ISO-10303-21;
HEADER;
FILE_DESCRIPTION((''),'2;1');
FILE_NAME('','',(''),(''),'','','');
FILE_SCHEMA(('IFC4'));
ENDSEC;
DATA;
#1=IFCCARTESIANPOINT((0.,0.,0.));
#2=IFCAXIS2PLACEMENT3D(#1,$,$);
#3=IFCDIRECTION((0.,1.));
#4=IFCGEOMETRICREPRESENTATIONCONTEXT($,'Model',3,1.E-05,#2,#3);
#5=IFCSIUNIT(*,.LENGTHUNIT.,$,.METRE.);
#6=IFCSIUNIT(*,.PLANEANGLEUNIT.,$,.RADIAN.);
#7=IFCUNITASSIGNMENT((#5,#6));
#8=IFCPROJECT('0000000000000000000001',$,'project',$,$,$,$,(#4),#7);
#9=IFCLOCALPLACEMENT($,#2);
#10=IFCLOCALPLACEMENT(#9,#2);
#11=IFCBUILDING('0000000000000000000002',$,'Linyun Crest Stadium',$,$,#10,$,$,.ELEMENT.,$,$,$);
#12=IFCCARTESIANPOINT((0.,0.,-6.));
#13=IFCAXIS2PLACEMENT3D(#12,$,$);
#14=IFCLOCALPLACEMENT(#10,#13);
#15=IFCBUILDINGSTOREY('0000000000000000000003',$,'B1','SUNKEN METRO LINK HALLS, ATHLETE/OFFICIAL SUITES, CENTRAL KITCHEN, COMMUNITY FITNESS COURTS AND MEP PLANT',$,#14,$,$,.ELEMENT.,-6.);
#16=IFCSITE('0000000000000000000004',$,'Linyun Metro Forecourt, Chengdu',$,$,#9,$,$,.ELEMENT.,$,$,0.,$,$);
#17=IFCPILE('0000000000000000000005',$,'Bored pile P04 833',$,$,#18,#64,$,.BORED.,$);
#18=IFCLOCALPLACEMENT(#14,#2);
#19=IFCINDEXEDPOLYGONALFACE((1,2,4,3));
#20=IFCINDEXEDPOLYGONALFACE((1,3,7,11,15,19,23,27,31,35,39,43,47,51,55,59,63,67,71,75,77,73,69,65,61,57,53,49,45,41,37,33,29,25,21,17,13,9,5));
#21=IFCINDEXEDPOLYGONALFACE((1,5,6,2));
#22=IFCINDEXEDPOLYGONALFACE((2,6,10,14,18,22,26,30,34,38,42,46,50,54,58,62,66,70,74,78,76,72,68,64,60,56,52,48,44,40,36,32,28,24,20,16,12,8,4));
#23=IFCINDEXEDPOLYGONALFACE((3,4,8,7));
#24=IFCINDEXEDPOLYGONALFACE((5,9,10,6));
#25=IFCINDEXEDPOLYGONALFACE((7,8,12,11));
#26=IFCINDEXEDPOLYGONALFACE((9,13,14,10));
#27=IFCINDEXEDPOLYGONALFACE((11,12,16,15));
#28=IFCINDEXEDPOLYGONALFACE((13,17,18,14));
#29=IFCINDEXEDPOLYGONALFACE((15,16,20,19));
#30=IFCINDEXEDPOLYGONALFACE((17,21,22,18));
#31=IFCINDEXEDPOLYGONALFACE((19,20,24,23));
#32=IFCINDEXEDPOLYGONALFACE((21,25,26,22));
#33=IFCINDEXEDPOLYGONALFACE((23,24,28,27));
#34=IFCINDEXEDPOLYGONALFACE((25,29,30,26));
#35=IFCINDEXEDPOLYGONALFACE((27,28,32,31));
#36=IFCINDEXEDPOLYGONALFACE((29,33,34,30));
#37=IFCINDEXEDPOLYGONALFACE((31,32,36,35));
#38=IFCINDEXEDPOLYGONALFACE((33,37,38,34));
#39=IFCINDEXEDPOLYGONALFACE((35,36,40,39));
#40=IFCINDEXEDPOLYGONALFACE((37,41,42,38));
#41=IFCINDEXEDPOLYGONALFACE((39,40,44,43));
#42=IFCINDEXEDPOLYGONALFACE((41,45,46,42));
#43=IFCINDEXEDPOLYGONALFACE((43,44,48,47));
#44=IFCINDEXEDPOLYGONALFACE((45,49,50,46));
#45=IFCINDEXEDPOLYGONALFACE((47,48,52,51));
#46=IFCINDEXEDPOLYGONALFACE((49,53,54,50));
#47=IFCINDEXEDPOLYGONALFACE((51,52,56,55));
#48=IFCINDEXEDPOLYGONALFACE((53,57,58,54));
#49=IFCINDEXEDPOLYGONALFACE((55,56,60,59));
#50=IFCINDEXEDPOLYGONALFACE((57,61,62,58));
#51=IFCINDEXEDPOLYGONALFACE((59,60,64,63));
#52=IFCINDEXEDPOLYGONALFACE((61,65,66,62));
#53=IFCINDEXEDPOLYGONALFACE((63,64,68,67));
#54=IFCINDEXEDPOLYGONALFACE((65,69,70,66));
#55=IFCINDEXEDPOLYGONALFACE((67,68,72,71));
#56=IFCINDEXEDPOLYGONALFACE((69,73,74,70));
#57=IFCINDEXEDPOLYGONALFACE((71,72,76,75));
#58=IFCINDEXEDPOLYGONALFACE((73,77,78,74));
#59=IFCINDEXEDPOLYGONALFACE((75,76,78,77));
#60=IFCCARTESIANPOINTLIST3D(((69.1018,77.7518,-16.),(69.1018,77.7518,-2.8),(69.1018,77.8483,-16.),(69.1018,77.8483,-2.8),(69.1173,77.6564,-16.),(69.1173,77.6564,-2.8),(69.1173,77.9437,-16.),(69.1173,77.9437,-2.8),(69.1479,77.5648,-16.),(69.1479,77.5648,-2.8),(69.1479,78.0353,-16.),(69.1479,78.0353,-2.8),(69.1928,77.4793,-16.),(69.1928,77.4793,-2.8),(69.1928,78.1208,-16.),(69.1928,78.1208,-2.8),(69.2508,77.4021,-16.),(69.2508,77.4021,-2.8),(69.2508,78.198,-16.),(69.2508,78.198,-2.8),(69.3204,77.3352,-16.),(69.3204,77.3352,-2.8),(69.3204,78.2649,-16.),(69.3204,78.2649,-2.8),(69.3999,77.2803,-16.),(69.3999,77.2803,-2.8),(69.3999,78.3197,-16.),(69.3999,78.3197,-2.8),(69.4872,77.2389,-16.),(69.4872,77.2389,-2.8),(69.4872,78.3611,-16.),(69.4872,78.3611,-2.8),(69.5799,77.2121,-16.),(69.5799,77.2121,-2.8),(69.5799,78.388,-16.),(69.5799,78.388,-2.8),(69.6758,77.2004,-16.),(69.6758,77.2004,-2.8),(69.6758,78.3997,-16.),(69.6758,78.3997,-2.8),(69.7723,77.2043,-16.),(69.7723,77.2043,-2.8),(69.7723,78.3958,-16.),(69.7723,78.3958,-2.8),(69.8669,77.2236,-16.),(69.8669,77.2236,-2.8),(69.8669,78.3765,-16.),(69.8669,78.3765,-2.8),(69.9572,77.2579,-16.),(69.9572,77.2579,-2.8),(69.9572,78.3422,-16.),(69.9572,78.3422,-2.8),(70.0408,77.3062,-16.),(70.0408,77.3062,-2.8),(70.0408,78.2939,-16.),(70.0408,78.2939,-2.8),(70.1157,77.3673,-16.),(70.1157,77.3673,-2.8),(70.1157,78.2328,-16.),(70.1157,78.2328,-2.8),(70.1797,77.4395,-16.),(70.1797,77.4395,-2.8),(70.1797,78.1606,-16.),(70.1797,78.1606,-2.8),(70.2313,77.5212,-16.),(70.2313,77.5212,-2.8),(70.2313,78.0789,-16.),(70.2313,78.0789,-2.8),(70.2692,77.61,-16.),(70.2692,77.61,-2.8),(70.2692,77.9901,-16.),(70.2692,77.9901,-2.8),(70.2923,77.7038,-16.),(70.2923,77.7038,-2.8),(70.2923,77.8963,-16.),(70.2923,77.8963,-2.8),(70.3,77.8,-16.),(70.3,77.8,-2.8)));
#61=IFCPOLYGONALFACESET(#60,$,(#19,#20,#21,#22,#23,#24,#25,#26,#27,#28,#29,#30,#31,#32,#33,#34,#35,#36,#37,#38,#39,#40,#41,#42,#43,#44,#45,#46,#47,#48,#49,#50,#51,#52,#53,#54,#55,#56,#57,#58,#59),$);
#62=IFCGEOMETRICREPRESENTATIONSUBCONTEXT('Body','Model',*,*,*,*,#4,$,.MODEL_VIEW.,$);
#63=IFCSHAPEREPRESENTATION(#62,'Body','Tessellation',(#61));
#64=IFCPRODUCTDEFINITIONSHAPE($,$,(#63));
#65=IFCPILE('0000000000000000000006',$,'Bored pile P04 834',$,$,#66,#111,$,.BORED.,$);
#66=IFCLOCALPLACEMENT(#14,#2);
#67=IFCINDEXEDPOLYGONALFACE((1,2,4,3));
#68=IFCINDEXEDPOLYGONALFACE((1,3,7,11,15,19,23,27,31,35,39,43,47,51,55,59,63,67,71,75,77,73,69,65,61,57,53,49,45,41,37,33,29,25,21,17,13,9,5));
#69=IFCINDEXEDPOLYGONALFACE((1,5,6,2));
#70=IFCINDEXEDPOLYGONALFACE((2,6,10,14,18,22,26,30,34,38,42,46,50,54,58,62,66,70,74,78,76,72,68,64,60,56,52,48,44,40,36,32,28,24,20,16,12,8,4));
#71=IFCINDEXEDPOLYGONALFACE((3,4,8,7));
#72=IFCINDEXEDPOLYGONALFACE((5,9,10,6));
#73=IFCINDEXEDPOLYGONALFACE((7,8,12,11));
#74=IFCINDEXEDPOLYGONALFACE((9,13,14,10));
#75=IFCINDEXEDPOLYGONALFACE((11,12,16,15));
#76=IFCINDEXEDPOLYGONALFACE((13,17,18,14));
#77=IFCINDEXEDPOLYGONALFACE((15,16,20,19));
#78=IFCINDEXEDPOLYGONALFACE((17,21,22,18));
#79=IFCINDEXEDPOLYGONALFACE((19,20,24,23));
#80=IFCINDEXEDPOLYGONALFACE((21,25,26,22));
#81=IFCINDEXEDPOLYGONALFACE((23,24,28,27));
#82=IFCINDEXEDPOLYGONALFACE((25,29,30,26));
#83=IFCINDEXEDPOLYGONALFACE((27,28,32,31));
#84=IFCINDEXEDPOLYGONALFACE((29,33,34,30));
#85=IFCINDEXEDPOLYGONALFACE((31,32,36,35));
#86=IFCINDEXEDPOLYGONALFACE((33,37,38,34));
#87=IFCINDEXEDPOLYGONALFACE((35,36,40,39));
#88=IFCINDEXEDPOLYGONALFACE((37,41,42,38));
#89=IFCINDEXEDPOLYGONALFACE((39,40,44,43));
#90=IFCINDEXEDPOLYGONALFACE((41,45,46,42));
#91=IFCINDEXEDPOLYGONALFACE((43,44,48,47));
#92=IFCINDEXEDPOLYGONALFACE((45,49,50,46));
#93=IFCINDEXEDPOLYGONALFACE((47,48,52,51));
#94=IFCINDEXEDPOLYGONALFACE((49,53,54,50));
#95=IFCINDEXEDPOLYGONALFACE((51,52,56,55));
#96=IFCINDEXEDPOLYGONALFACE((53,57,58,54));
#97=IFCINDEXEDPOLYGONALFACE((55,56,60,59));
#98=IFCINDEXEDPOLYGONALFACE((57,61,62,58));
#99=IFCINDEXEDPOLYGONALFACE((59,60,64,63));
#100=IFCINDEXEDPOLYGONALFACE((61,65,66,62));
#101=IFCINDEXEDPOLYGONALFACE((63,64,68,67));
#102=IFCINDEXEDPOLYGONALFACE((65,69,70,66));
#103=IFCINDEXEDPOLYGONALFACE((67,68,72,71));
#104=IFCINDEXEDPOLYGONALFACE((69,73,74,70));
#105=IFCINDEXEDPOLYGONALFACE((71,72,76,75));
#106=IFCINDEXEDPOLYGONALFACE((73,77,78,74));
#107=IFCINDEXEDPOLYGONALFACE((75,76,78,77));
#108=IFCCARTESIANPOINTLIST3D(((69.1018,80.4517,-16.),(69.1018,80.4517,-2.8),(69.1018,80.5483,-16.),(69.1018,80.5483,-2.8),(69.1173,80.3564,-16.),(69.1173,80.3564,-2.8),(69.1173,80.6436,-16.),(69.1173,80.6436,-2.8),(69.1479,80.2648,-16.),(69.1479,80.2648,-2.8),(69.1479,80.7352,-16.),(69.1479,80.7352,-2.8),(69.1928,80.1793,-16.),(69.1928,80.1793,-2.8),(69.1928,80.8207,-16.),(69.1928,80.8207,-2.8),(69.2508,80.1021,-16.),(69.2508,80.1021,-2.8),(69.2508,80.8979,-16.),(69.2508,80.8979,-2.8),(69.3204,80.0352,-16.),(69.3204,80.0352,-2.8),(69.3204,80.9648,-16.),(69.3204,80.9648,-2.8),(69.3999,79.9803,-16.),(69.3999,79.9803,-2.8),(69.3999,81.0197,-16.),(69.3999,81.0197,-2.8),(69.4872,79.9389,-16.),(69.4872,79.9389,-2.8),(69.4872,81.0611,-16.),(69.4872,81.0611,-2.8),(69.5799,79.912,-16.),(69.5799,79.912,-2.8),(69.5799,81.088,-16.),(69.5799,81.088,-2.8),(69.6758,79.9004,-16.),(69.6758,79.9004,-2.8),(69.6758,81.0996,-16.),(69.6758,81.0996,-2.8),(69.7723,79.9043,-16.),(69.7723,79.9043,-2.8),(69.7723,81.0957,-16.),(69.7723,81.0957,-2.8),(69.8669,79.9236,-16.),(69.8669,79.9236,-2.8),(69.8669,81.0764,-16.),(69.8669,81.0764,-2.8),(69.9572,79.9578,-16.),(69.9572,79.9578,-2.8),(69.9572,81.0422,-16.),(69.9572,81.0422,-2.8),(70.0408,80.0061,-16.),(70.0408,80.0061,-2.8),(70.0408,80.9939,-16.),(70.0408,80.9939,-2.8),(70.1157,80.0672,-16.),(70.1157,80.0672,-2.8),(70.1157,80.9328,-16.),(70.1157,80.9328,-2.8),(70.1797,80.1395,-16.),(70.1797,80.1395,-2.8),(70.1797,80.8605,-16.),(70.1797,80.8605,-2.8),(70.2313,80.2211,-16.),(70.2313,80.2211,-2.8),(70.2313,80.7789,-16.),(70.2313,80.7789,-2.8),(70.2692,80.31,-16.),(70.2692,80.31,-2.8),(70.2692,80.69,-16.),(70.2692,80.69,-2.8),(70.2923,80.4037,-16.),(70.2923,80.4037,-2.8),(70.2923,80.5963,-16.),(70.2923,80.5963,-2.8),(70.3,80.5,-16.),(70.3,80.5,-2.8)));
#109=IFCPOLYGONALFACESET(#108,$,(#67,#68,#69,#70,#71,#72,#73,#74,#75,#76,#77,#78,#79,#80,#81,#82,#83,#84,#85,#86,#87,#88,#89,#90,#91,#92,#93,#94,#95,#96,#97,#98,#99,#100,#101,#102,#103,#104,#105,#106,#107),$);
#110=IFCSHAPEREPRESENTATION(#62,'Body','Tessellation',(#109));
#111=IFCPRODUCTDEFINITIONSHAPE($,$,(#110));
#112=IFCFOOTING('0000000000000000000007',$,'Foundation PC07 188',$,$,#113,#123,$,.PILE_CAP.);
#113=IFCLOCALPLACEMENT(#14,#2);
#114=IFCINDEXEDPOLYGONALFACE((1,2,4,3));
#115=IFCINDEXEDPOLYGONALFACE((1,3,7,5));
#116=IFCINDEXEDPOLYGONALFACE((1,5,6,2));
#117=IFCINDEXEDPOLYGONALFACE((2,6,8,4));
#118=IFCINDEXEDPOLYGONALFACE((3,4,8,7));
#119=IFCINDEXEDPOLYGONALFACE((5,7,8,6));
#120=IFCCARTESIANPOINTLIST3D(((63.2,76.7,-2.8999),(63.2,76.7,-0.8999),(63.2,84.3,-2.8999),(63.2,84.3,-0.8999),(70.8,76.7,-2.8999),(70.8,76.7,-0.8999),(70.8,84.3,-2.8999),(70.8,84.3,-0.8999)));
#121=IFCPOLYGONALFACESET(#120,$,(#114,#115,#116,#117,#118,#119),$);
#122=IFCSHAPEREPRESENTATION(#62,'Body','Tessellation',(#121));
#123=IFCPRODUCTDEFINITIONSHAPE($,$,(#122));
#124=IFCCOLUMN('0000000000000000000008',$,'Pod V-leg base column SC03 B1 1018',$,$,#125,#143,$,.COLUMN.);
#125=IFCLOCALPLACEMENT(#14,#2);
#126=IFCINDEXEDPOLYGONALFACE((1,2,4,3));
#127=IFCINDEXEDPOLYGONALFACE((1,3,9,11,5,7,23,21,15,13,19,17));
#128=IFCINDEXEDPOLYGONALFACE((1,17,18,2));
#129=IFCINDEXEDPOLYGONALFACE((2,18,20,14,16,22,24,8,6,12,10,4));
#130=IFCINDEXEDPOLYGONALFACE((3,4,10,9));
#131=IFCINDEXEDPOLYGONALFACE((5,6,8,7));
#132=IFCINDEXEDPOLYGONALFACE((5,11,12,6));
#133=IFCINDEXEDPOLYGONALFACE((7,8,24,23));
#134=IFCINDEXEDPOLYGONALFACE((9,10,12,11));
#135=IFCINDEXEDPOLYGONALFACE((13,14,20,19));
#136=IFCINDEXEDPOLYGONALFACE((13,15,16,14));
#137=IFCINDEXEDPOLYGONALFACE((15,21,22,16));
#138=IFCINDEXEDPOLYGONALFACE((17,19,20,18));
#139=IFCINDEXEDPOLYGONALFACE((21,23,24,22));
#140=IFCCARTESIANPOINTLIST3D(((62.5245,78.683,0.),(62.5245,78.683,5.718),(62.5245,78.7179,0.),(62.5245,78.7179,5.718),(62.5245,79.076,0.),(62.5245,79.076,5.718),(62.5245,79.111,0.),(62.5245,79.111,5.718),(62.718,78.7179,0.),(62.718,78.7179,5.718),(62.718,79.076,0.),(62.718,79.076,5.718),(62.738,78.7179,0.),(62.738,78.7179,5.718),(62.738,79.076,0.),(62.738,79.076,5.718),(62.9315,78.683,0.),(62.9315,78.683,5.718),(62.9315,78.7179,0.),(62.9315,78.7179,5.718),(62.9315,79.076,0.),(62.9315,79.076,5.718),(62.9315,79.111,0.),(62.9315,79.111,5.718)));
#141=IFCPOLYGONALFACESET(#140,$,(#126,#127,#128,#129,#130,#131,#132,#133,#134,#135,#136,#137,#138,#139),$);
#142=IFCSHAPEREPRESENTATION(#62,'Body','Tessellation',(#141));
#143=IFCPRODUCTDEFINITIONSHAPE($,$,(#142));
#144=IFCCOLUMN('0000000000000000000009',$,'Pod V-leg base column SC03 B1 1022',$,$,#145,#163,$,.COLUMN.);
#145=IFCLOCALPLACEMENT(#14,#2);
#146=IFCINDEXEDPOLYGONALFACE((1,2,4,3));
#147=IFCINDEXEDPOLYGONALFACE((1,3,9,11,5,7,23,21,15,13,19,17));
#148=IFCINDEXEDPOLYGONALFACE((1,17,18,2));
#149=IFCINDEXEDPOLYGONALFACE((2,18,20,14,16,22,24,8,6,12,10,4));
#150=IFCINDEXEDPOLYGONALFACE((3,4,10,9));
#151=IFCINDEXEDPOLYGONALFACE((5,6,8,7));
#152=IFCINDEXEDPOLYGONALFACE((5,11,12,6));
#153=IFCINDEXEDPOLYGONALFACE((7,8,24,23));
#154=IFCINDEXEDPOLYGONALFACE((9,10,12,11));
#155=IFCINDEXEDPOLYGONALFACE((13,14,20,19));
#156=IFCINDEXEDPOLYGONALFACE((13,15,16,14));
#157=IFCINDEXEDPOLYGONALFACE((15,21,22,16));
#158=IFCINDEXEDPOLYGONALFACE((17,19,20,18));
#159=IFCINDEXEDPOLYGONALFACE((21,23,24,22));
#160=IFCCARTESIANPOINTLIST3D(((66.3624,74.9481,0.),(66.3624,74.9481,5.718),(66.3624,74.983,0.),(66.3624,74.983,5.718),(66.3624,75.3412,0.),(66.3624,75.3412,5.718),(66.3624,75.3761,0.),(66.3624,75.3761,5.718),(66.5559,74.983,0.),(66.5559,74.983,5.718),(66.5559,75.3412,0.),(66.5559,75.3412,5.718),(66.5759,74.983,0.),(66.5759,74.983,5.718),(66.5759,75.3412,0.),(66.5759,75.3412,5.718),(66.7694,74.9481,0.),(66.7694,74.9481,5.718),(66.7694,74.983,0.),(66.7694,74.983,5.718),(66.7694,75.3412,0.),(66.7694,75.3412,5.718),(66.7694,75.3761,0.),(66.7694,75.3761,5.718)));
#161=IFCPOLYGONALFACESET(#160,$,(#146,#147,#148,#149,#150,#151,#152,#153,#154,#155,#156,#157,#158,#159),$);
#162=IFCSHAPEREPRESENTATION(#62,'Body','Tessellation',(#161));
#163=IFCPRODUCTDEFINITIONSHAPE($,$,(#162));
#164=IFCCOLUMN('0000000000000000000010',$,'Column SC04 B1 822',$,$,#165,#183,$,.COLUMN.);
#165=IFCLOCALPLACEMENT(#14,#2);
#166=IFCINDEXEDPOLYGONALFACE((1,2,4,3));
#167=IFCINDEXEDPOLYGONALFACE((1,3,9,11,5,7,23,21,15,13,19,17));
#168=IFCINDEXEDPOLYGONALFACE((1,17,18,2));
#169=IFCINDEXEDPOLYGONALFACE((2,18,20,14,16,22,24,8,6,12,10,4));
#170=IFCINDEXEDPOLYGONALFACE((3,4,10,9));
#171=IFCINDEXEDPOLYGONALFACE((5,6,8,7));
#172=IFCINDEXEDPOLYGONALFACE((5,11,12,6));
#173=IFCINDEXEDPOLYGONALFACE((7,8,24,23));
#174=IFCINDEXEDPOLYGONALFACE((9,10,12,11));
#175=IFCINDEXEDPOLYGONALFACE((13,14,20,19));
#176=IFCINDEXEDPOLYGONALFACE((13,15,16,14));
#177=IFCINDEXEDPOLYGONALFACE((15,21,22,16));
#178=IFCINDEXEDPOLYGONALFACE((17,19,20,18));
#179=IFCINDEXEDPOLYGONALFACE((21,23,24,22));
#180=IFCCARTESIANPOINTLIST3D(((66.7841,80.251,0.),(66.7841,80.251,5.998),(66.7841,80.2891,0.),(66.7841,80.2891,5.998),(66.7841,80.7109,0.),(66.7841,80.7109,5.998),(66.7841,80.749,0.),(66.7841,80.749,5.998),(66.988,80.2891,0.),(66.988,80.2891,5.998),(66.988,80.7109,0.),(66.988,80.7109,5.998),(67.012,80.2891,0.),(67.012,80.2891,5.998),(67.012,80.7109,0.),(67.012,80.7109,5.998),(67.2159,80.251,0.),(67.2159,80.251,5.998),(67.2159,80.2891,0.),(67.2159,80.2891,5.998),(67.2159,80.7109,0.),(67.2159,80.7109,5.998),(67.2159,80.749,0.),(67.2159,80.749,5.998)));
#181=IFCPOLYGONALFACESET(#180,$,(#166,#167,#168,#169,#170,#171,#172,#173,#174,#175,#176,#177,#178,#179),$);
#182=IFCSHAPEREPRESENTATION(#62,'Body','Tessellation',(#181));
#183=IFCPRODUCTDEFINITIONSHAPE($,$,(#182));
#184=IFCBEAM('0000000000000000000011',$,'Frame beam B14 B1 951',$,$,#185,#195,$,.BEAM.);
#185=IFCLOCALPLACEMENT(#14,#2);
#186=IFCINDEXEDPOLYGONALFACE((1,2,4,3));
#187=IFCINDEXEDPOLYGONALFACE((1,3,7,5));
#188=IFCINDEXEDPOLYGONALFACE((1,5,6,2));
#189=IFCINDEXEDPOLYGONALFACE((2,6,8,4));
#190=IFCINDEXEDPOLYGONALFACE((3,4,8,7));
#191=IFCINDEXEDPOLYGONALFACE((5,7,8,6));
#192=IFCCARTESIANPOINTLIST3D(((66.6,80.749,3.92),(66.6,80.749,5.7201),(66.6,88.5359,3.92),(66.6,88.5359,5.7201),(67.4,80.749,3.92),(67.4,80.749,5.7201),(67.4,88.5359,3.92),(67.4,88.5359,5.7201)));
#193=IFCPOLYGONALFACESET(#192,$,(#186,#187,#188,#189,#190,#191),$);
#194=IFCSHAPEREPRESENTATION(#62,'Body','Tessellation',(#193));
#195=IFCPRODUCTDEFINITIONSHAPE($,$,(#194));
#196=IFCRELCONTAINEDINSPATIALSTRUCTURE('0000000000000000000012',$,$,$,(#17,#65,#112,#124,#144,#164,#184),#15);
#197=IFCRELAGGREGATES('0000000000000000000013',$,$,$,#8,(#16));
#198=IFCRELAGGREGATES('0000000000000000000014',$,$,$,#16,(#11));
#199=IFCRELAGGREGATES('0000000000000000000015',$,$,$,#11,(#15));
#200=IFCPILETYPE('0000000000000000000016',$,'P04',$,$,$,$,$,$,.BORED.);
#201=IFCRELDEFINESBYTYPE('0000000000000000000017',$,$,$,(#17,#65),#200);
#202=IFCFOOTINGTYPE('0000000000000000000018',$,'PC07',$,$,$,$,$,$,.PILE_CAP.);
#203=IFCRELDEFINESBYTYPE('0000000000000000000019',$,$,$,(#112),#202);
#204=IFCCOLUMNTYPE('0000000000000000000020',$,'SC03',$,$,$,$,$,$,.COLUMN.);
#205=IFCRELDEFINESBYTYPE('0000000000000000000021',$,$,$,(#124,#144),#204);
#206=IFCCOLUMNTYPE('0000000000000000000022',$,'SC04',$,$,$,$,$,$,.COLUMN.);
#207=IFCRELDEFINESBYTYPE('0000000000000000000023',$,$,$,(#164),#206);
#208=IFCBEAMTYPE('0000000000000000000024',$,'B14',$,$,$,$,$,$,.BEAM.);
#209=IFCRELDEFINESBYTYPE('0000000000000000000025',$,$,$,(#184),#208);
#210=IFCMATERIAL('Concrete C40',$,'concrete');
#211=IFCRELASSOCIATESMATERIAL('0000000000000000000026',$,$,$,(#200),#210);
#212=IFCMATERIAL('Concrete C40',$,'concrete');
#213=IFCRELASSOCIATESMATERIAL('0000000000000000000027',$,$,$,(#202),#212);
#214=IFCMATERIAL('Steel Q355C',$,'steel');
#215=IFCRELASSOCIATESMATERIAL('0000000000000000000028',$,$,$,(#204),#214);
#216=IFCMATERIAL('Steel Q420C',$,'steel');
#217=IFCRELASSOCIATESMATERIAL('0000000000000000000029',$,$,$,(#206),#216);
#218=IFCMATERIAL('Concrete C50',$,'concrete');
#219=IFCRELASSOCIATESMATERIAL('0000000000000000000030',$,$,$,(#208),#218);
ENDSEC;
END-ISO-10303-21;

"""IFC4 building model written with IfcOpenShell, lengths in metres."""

from ifc_helpers import new_model, si_unit, direction, frame, origin, origin_2d, place, context, subcontext, project, spatial, rectangle, circle, i_section, extrude, material, material_profile, profile_set, type_object, element, save


model = new_model("IFC4")

# Units and contexts
model_context = context("Model", 3, precision=1e-05, world=origin(), true_north=direction((0.0, 1.0)))
body_context = subcontext(model_context, "Body", "Model", "MODEL_VIEW")
ifc_project = project(units=[si_unit("LENGTHUNIT", "METRE"), si_unit("PLANEANGLEUNIT", "RADIAN")], contexts=[model_context])

# Site, building, storey
site_placement = place(None, origin())
site = spatial("IfcSite", under=ifc_project, at=site_placement, Name="Linyun Metro Forecourt, Chengdu", CompositionType="ELEMENT", RefElevation=0.0)
building_placement = place(site_placement, origin())
building = spatial("IfcBuilding", under=site, at=building_placement, Name="Linyun Crest Stadium", CompositionType="ELEMENT")
storey_placement = place(building_placement, frame((0.0, 0.0, -6.0)))
storey = spatial("IfcBuildingStorey", under=building, at=storey_placement, Name="B1", Description="SUNKEN METRO LINK HALLS, ATHLETE/OFFICIAL SUITES, CENTRAL KITCHEN, COMMUNITY FITNESS COURTS AND MEP PLANT", CompositionType="ELEMENT", Elevation=-6.0)

# Piles
ifc_material_1 = material(Name="Concrete C40", Category="concrete")
ifc_material_profile_1 = material_profile(ifc_material_1, circle(Radius=0.6001, at=origin_2d()), Name="BORED PILE 1200")
ifc_profile_set_1 = profile_set([ifc_material_profile_1], Name="Concrete C40")
pile_type_1 = type_object("IfcPileType", Name="P04", PredefinedType="BORED", material=ifc_profile_set_1)
for number, where, z_axis, x_axis, name in (
    (1, (69.7, 77.8, -2.8), (0.0, 0.0, -1.0), (1.0, 0.0, 0.0), "Bored pile P04 833"),
    (2, (69.7, 80.5, -2.8), (0.0, 0.0, -1.0), (1.0, 0.0, 0.0), "Bored pile P04 834"),
):
    element("IfcPile", number, at=place(storey_placement, frame(where, z_axis=z_axis, x_axis=x_axis)), inside=storey, type_object=pile_type_1, Name=name, PredefinedType="BORED", context=body_context, shape_type="SweptSolid", body=[
        extrude(circle(Radius=0.6001, at=origin_2d()), origin(), (0.0, 0.0, 1.0), 13.2),
    ])

# Footing
ifc_material_2 = material(Name="Concrete C40", Category="concrete")
footing_type = type_object("IfcFootingType", Name="PC07", PredefinedType="PILE_CAP", material=ifc_material_2)
footing_placement = place(storey_placement, frame((67.0, 80.5, -2.8999), z_axis=(0.0, 0.0, 1.0), x_axis=(1.0, 0.0, 0.0)))
element("IfcFooting", 3, at=footing_placement, inside=storey, type_object=footing_type, Name="Foundation PC07 188", PredefinedType="PILE_CAP", context=body_context, shape_type="SweptSolid", body=[
    extrude(rectangle(XDim=7.6001, YDim=7.6001, at=origin_2d()), origin(), (0.0, 0.0, 1.0), 2.0),
])

# Columns
ifc_material_3 = material(Name="Steel Q355C", Category="steel")
ifc_material_profile_2 = material_profile(ifc_material_3, i_section(OverallWidth=0.407, OverallDepth=0.428, WebThickness=0.02, FlangeThickness=0.0349, at=origin_2d()), Name="HW 428x407")
ifc_profile_set_2 = profile_set([ifc_material_profile_2], Name="Steel Q355C")
column_type_1 = type_object("IfcColumnType", Name="SC03", PredefinedType="COLUMN", material=ifc_profile_set_2)
for number, where, z_axis, x_axis, name in (
    (4, (62.728, 78.897, 0.0), (0.0, 0.0, 1.0), (1.0, 0.0, 0.0), "Pod V-leg base column SC03 B1 1018"),
    (5, (66.5659, 75.1621, 0.0), (0.0, 0.0, 1.0), (1.0, 0.0, 0.0), "Pod V-leg base column SC03 B1 1022"),
):
    element("IfcColumn", number, at=place(storey_placement, frame(where, z_axis=z_axis, x_axis=x_axis)), inside=storey, type_object=column_type_1, Name=name, PredefinedType="COLUMN", context=body_context, shape_type="SweptSolid", body=[
        extrude(i_section(OverallWidth=0.407, OverallDepth=0.428, WebThickness=0.02, FlangeThickness=0.0349, at=origin_2d()), origin(), (0.0, 0.0, 1.0), 5.718),
    ])
ifc_material_4 = material(Name="Steel Q420C", Category="steel")
ifc_material_profile_3 = material_profile(ifc_material_4, i_section(OverallWidth=0.4319, OverallDepth=0.498, WebThickness=0.0239, FlangeThickness=0.0381, at=origin_2d()), Name="HW 498x432")
ifc_profile_set_3 = profile_set([ifc_material_profile_3], Name="Steel Q420C")
column_type_2 = type_object("IfcColumnType", Name="SC04", PredefinedType="COLUMN", material=ifc_profile_set_3)
column_placement = place(storey_placement, frame((67.0, 80.5, 0.0), z_axis=(0.0, 0.0, 1.0), x_axis=(1.0, 0.0, 0.0)))
element("IfcColumn", 6, at=column_placement, inside=storey, type_object=column_type_2, Name="Column SC04 B1 822", PredefinedType="COLUMN", context=body_context, shape_type="SweptSolid", body=[
    extrude(i_section(OverallWidth=0.4319, OverallDepth=0.498, WebThickness=0.0239, FlangeThickness=0.0381, at=origin_2d()), origin(), (0.0, 0.0, 1.0), 5.998),
])

# Beam
ifc_material_5 = material(Name="Concrete C50", Category="concrete")
ifc_material_profile_4 = material_profile(ifc_material_5, rectangle(XDim=0.8, YDim=1.8, at=origin_2d()), Name="RCB 1800x800")
ifc_profile_set_4 = profile_set([ifc_material_profile_4], Name="Concrete C50")
beam_type = type_object("IfcBeamType", Name="B14", PredefinedType="BEAM", material=ifc_profile_set_4)
beam_placement = place(storey_placement, frame((67.0, 80.749, 4.8201), z_axis=(0.0, 1.0, 0.0), x_axis=(-1.0, 0.0, 0.0)))
element("IfcBeam", 7, at=beam_placement, inside=storey, type_object=beam_type, Name="Frame beam B14 B1 951", PredefinedType="BEAM", context=body_context, shape_type="SweptSolid", body=[
    extrude(rectangle(XDim=0.8, YDim=1.8, at=origin_2d()), origin(), (0.0, 0.0, 1.0), 7.7869),
])

save(model, "model.ifc")
